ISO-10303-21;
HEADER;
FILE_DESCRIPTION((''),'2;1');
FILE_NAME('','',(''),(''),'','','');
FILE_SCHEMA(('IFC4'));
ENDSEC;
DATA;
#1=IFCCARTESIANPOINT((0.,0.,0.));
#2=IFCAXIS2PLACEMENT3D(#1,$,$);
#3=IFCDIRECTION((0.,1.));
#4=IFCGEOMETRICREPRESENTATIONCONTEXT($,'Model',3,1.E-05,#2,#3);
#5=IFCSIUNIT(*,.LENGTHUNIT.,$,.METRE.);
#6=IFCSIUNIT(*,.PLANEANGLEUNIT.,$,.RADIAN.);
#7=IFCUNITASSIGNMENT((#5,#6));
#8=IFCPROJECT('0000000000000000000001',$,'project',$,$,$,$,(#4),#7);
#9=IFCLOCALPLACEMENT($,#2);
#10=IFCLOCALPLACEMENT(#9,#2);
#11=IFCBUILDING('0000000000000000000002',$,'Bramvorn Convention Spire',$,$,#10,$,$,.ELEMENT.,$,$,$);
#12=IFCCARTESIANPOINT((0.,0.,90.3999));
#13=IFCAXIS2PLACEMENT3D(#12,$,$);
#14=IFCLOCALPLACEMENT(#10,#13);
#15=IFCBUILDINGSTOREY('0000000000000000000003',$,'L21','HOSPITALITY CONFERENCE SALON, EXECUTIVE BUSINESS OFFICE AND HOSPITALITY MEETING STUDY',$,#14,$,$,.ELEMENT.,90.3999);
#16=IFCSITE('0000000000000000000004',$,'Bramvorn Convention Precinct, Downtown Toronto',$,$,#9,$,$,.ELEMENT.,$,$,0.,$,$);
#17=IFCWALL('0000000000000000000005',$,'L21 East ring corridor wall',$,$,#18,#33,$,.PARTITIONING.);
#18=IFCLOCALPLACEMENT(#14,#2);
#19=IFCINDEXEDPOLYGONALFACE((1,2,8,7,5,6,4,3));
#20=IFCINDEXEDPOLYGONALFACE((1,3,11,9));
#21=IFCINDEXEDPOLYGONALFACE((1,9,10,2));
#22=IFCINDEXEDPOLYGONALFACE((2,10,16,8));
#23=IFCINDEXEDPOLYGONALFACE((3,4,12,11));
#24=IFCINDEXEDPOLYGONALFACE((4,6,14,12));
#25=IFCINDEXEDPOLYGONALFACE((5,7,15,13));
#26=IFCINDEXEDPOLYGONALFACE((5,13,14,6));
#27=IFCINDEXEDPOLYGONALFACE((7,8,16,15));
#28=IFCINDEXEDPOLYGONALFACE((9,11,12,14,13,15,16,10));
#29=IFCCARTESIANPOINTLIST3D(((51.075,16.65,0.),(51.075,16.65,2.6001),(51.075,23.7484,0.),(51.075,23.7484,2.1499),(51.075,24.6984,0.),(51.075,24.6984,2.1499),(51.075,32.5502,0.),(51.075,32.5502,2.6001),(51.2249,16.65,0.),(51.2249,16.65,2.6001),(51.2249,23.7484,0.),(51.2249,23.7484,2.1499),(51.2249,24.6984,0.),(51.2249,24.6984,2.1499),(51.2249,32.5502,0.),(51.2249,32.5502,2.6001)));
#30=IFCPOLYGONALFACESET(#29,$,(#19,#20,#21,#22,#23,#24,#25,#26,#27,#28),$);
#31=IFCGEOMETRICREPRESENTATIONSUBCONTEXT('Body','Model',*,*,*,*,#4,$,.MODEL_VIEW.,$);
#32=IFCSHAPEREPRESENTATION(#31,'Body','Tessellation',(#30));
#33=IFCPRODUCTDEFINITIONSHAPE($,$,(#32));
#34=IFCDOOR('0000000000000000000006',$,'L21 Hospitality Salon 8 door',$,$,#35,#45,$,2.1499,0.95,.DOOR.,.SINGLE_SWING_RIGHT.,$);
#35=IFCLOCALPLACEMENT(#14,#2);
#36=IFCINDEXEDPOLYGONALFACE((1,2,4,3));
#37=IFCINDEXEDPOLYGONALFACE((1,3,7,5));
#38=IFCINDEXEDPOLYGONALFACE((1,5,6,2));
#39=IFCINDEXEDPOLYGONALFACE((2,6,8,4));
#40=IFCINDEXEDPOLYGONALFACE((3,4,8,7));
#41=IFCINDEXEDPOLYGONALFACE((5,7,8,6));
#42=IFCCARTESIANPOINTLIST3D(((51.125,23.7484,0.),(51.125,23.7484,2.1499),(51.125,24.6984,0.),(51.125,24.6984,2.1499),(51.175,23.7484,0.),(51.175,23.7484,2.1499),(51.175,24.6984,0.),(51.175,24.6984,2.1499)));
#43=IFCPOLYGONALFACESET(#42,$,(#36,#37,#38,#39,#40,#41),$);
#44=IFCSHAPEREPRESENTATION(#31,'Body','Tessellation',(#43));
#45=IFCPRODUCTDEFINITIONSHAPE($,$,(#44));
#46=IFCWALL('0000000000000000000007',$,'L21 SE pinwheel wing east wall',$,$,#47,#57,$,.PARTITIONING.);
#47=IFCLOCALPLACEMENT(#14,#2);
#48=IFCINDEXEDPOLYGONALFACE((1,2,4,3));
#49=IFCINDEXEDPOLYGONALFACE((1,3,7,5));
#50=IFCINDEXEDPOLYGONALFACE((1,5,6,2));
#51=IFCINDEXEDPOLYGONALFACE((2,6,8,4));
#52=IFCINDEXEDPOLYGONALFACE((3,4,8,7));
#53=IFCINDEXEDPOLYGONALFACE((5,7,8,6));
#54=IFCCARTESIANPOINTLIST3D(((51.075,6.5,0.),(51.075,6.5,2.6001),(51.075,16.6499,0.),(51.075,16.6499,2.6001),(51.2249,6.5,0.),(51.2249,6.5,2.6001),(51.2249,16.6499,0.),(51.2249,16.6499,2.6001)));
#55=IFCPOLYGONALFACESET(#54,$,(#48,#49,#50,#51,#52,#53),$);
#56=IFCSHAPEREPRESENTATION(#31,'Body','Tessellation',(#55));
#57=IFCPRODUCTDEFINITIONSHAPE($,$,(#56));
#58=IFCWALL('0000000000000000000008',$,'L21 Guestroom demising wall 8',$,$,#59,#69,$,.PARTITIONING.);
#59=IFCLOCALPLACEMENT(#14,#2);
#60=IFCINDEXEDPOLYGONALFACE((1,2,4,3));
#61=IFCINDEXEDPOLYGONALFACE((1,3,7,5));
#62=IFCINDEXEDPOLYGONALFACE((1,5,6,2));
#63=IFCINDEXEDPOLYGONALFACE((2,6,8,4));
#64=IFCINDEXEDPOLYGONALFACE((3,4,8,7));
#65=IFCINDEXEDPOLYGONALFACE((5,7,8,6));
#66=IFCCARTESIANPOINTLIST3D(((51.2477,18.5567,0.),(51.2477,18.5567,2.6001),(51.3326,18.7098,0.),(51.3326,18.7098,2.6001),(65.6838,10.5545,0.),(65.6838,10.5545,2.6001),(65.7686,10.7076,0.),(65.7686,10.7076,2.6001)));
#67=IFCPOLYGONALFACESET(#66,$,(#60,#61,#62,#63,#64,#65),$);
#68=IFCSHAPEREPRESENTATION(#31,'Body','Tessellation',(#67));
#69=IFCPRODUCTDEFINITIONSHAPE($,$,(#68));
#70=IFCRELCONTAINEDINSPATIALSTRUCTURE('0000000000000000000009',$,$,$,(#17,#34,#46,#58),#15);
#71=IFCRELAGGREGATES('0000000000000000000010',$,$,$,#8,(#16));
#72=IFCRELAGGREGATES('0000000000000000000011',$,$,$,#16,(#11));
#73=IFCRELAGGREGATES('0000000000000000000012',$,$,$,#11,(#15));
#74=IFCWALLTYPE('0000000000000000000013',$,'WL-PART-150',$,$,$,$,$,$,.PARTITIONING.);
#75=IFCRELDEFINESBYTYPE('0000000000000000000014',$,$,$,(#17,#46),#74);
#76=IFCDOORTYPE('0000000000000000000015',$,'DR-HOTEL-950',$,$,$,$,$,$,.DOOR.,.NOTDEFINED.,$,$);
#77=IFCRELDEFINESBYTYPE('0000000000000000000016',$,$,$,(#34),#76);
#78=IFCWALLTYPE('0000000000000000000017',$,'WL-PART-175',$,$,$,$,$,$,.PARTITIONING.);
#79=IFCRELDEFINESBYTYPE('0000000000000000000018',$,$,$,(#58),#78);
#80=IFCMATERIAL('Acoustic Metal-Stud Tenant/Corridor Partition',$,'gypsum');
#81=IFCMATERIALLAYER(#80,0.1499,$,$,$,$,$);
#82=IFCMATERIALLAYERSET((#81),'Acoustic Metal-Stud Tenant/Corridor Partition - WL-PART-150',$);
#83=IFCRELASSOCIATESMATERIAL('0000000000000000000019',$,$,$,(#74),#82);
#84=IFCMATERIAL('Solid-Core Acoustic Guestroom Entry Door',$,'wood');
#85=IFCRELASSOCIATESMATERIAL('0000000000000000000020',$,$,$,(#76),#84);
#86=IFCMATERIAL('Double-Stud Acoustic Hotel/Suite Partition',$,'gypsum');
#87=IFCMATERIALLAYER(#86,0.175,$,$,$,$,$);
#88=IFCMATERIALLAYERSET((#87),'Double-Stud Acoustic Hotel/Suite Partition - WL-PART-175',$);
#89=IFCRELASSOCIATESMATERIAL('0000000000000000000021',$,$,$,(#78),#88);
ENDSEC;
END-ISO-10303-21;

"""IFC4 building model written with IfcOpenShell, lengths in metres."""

from ifc_helpers import new_model, si_unit, direction, frame, frame_2d, origin, place, context, subcontext, project, spatial, rectangle, extrude, material, layer, layer_set, type_object, element, fill, save


model = new_model("IFC4")

# Units and contexts
model_context = context("Model", 3, precision=1e-05, world=origin(), true_north=direction((0.0, 1.0)))
body_context = subcontext(model_context, "Body", "Model", "MODEL_VIEW")
ifc_project = project(units=[si_unit("LENGTHUNIT", "METRE"), si_unit("PLANEANGLEUNIT", "RADIAN")], contexts=[model_context])

# Site, building, storey
site_placement = place(None, origin())
site = spatial("IfcSite", under=ifc_project, at=site_placement, Name="Bramvorn Convention Precinct, Downtown Toronto", CompositionType="ELEMENT", RefElevation=0.0)
building_placement = place(site_placement, origin())
building = spatial("IfcBuilding", under=site, at=building_placement, Name="Bramvorn Convention Spire", CompositionType="ELEMENT")
storey_placement = place(building_placement, frame((0.0, 0.0, 90.3999)))
storey = spatial("IfcBuildingStorey", under=building, at=storey_placement, Name="L21", Description="HOSPITALITY CONFERENCE SALON, EXECUTIVE BUSINESS OFFICE AND HOSPITALITY MEETING STUDY", CompositionType="ELEMENT", Elevation=90.3999)

# Wall, opening, door
ifc_material_1 = material(Name="Acoustic Metal-Stud Tenant/Corridor Partition", Category="gypsum")
ifc_layer_1 = layer(ifc_material_1, 0.1499)
ifc_layer_set_1 = layer_set([ifc_layer_1], Name="Acoustic Metal-Stud Tenant/Corridor Partition - WL-PART-150")
wall_type_1 = type_object("IfcWallType", Name="WL-PART-150", PredefinedType="PARTITIONING", material=ifc_layer_set_1)
wall_1_placement = place(storey_placement, frame((51.1499, 16.6499, 0.0), z_axis=(0.0, 0.0, 1.0), x_axis=(0.0, 1.0, 0.0)))
wall_1 = element("IfcWall", 1, at=wall_1_placement, inside=storey, type_object=wall_type_1, Name="L21 East ring corridor wall", PredefinedType="PARTITIONING", context=body_context, shape_type="SweptSolid", body=[
    extrude(rectangle(XDim=15.9001, YDim=0.1499, at=frame_2d((7.9502, 0.0))), origin(), (0.0, 0.0, 1.0), 2.6001),
])
opening_placement = place(wall_1_placement, frame((7.0984, 0.0, 0.0)))
opening = element("IfcOpeningElement", 2, at=opening_placement, cuts=wall_1, PredefinedType="OPENING", context=body_context, shape_type="SweptSolid", body=[
    extrude(rectangle(XDim=0.95, YDim=2.1499, at=frame_2d((0.4751, 1.075))), frame((0.0, 0.085, 0.0), z_axis=(0.0, -1.0, 0.0), x_axis=(1.0, 0.0, 0.0)), (0.0, 0.0, 1.0), 0.1699),
])
ifc_material_2 = material(Name="Solid-Core Acoustic Guestroom Entry Door", Category="wood")
door_type = type_object("IfcDoorType", Name="DR-HOTEL-950", OperationType="NOTDEFINED", PredefinedType="DOOR", material=ifc_material_2)
door_placement = place(opening_placement, origin())
door = element("IfcDoor", 3, at=door_placement, inside=storey, type_object=door_type, Name="L21 Hospitality Salon 8 door", OperationType="SINGLE_SWING_RIGHT", OverallHeight=2.1499, OverallWidth=0.95, PredefinedType="DOOR", context=body_context, shape_type="SweptSolid", body=[
    extrude(rectangle(XDim=0.95, YDim=2.1499, at=frame_2d((0.4751, 1.075))), frame((0.0, 0.0249, 0.0), z_axis=(0.0, -1.0, 0.0), x_axis=(1.0, 0.0, 0.0)), (0.0, 0.0, 1.0), 0.05),
])
fill(opening, door)

# Walls
wall_2_placement = place(storey_placement, frame((51.1499, 6.5, 0.0), z_axis=(0.0, 0.0, 1.0), x_axis=(0.0, 1.0, 0.0)))
element("IfcWall", 4, at=wall_2_placement, inside=storey, type_object=wall_type_1, Name="L21 SE pinwheel wing east wall", PredefinedType="PARTITIONING", context=body_context, shape_type="SweptSolid", body=[
    extrude(rectangle(XDim=10.1499, YDim=0.1499, at=frame_2d((5.075, 0.0))), origin(), (0.0, 0.0, 1.0), 2.6001),
])
ifc_material_3 = material(Name="Double-Stud Acoustic Hotel/Suite Partition", Category="gypsum")
ifc_layer_2 = layer(ifc_material_3, 0.175)
ifc_layer_set_2 = layer_set([ifc_layer_2], Name="Double-Stud Acoustic Hotel/Suite Partition - WL-PART-175")
wall_type_2 = type_object("IfcWallType", Name="WL-PART-175", PredefinedType="PARTITIONING", material=ifc_layer_set_2)
wall_3_placement = place(storey_placement, frame((51.29, 18.6333, 0.0), z_axis=(0.0, 0.0, 1.0), x_axis=(0.874615, -0.484818, 0.0)))
element("IfcWall", 5, at=wall_3_placement, inside=storey, type_object=wall_type_2, Name="L21 Guestroom demising wall 8", PredefinedType="PARTITIONING", context=body_context, shape_type="SweptSolid", body=[
    extrude(rectangle(XDim=16.5056, YDim=0.175, at=frame_2d((8.2529, 0.0))), origin(), (0.0, 0.0, 1.0), 2.6001),
])

save(model, "model.ifc")
